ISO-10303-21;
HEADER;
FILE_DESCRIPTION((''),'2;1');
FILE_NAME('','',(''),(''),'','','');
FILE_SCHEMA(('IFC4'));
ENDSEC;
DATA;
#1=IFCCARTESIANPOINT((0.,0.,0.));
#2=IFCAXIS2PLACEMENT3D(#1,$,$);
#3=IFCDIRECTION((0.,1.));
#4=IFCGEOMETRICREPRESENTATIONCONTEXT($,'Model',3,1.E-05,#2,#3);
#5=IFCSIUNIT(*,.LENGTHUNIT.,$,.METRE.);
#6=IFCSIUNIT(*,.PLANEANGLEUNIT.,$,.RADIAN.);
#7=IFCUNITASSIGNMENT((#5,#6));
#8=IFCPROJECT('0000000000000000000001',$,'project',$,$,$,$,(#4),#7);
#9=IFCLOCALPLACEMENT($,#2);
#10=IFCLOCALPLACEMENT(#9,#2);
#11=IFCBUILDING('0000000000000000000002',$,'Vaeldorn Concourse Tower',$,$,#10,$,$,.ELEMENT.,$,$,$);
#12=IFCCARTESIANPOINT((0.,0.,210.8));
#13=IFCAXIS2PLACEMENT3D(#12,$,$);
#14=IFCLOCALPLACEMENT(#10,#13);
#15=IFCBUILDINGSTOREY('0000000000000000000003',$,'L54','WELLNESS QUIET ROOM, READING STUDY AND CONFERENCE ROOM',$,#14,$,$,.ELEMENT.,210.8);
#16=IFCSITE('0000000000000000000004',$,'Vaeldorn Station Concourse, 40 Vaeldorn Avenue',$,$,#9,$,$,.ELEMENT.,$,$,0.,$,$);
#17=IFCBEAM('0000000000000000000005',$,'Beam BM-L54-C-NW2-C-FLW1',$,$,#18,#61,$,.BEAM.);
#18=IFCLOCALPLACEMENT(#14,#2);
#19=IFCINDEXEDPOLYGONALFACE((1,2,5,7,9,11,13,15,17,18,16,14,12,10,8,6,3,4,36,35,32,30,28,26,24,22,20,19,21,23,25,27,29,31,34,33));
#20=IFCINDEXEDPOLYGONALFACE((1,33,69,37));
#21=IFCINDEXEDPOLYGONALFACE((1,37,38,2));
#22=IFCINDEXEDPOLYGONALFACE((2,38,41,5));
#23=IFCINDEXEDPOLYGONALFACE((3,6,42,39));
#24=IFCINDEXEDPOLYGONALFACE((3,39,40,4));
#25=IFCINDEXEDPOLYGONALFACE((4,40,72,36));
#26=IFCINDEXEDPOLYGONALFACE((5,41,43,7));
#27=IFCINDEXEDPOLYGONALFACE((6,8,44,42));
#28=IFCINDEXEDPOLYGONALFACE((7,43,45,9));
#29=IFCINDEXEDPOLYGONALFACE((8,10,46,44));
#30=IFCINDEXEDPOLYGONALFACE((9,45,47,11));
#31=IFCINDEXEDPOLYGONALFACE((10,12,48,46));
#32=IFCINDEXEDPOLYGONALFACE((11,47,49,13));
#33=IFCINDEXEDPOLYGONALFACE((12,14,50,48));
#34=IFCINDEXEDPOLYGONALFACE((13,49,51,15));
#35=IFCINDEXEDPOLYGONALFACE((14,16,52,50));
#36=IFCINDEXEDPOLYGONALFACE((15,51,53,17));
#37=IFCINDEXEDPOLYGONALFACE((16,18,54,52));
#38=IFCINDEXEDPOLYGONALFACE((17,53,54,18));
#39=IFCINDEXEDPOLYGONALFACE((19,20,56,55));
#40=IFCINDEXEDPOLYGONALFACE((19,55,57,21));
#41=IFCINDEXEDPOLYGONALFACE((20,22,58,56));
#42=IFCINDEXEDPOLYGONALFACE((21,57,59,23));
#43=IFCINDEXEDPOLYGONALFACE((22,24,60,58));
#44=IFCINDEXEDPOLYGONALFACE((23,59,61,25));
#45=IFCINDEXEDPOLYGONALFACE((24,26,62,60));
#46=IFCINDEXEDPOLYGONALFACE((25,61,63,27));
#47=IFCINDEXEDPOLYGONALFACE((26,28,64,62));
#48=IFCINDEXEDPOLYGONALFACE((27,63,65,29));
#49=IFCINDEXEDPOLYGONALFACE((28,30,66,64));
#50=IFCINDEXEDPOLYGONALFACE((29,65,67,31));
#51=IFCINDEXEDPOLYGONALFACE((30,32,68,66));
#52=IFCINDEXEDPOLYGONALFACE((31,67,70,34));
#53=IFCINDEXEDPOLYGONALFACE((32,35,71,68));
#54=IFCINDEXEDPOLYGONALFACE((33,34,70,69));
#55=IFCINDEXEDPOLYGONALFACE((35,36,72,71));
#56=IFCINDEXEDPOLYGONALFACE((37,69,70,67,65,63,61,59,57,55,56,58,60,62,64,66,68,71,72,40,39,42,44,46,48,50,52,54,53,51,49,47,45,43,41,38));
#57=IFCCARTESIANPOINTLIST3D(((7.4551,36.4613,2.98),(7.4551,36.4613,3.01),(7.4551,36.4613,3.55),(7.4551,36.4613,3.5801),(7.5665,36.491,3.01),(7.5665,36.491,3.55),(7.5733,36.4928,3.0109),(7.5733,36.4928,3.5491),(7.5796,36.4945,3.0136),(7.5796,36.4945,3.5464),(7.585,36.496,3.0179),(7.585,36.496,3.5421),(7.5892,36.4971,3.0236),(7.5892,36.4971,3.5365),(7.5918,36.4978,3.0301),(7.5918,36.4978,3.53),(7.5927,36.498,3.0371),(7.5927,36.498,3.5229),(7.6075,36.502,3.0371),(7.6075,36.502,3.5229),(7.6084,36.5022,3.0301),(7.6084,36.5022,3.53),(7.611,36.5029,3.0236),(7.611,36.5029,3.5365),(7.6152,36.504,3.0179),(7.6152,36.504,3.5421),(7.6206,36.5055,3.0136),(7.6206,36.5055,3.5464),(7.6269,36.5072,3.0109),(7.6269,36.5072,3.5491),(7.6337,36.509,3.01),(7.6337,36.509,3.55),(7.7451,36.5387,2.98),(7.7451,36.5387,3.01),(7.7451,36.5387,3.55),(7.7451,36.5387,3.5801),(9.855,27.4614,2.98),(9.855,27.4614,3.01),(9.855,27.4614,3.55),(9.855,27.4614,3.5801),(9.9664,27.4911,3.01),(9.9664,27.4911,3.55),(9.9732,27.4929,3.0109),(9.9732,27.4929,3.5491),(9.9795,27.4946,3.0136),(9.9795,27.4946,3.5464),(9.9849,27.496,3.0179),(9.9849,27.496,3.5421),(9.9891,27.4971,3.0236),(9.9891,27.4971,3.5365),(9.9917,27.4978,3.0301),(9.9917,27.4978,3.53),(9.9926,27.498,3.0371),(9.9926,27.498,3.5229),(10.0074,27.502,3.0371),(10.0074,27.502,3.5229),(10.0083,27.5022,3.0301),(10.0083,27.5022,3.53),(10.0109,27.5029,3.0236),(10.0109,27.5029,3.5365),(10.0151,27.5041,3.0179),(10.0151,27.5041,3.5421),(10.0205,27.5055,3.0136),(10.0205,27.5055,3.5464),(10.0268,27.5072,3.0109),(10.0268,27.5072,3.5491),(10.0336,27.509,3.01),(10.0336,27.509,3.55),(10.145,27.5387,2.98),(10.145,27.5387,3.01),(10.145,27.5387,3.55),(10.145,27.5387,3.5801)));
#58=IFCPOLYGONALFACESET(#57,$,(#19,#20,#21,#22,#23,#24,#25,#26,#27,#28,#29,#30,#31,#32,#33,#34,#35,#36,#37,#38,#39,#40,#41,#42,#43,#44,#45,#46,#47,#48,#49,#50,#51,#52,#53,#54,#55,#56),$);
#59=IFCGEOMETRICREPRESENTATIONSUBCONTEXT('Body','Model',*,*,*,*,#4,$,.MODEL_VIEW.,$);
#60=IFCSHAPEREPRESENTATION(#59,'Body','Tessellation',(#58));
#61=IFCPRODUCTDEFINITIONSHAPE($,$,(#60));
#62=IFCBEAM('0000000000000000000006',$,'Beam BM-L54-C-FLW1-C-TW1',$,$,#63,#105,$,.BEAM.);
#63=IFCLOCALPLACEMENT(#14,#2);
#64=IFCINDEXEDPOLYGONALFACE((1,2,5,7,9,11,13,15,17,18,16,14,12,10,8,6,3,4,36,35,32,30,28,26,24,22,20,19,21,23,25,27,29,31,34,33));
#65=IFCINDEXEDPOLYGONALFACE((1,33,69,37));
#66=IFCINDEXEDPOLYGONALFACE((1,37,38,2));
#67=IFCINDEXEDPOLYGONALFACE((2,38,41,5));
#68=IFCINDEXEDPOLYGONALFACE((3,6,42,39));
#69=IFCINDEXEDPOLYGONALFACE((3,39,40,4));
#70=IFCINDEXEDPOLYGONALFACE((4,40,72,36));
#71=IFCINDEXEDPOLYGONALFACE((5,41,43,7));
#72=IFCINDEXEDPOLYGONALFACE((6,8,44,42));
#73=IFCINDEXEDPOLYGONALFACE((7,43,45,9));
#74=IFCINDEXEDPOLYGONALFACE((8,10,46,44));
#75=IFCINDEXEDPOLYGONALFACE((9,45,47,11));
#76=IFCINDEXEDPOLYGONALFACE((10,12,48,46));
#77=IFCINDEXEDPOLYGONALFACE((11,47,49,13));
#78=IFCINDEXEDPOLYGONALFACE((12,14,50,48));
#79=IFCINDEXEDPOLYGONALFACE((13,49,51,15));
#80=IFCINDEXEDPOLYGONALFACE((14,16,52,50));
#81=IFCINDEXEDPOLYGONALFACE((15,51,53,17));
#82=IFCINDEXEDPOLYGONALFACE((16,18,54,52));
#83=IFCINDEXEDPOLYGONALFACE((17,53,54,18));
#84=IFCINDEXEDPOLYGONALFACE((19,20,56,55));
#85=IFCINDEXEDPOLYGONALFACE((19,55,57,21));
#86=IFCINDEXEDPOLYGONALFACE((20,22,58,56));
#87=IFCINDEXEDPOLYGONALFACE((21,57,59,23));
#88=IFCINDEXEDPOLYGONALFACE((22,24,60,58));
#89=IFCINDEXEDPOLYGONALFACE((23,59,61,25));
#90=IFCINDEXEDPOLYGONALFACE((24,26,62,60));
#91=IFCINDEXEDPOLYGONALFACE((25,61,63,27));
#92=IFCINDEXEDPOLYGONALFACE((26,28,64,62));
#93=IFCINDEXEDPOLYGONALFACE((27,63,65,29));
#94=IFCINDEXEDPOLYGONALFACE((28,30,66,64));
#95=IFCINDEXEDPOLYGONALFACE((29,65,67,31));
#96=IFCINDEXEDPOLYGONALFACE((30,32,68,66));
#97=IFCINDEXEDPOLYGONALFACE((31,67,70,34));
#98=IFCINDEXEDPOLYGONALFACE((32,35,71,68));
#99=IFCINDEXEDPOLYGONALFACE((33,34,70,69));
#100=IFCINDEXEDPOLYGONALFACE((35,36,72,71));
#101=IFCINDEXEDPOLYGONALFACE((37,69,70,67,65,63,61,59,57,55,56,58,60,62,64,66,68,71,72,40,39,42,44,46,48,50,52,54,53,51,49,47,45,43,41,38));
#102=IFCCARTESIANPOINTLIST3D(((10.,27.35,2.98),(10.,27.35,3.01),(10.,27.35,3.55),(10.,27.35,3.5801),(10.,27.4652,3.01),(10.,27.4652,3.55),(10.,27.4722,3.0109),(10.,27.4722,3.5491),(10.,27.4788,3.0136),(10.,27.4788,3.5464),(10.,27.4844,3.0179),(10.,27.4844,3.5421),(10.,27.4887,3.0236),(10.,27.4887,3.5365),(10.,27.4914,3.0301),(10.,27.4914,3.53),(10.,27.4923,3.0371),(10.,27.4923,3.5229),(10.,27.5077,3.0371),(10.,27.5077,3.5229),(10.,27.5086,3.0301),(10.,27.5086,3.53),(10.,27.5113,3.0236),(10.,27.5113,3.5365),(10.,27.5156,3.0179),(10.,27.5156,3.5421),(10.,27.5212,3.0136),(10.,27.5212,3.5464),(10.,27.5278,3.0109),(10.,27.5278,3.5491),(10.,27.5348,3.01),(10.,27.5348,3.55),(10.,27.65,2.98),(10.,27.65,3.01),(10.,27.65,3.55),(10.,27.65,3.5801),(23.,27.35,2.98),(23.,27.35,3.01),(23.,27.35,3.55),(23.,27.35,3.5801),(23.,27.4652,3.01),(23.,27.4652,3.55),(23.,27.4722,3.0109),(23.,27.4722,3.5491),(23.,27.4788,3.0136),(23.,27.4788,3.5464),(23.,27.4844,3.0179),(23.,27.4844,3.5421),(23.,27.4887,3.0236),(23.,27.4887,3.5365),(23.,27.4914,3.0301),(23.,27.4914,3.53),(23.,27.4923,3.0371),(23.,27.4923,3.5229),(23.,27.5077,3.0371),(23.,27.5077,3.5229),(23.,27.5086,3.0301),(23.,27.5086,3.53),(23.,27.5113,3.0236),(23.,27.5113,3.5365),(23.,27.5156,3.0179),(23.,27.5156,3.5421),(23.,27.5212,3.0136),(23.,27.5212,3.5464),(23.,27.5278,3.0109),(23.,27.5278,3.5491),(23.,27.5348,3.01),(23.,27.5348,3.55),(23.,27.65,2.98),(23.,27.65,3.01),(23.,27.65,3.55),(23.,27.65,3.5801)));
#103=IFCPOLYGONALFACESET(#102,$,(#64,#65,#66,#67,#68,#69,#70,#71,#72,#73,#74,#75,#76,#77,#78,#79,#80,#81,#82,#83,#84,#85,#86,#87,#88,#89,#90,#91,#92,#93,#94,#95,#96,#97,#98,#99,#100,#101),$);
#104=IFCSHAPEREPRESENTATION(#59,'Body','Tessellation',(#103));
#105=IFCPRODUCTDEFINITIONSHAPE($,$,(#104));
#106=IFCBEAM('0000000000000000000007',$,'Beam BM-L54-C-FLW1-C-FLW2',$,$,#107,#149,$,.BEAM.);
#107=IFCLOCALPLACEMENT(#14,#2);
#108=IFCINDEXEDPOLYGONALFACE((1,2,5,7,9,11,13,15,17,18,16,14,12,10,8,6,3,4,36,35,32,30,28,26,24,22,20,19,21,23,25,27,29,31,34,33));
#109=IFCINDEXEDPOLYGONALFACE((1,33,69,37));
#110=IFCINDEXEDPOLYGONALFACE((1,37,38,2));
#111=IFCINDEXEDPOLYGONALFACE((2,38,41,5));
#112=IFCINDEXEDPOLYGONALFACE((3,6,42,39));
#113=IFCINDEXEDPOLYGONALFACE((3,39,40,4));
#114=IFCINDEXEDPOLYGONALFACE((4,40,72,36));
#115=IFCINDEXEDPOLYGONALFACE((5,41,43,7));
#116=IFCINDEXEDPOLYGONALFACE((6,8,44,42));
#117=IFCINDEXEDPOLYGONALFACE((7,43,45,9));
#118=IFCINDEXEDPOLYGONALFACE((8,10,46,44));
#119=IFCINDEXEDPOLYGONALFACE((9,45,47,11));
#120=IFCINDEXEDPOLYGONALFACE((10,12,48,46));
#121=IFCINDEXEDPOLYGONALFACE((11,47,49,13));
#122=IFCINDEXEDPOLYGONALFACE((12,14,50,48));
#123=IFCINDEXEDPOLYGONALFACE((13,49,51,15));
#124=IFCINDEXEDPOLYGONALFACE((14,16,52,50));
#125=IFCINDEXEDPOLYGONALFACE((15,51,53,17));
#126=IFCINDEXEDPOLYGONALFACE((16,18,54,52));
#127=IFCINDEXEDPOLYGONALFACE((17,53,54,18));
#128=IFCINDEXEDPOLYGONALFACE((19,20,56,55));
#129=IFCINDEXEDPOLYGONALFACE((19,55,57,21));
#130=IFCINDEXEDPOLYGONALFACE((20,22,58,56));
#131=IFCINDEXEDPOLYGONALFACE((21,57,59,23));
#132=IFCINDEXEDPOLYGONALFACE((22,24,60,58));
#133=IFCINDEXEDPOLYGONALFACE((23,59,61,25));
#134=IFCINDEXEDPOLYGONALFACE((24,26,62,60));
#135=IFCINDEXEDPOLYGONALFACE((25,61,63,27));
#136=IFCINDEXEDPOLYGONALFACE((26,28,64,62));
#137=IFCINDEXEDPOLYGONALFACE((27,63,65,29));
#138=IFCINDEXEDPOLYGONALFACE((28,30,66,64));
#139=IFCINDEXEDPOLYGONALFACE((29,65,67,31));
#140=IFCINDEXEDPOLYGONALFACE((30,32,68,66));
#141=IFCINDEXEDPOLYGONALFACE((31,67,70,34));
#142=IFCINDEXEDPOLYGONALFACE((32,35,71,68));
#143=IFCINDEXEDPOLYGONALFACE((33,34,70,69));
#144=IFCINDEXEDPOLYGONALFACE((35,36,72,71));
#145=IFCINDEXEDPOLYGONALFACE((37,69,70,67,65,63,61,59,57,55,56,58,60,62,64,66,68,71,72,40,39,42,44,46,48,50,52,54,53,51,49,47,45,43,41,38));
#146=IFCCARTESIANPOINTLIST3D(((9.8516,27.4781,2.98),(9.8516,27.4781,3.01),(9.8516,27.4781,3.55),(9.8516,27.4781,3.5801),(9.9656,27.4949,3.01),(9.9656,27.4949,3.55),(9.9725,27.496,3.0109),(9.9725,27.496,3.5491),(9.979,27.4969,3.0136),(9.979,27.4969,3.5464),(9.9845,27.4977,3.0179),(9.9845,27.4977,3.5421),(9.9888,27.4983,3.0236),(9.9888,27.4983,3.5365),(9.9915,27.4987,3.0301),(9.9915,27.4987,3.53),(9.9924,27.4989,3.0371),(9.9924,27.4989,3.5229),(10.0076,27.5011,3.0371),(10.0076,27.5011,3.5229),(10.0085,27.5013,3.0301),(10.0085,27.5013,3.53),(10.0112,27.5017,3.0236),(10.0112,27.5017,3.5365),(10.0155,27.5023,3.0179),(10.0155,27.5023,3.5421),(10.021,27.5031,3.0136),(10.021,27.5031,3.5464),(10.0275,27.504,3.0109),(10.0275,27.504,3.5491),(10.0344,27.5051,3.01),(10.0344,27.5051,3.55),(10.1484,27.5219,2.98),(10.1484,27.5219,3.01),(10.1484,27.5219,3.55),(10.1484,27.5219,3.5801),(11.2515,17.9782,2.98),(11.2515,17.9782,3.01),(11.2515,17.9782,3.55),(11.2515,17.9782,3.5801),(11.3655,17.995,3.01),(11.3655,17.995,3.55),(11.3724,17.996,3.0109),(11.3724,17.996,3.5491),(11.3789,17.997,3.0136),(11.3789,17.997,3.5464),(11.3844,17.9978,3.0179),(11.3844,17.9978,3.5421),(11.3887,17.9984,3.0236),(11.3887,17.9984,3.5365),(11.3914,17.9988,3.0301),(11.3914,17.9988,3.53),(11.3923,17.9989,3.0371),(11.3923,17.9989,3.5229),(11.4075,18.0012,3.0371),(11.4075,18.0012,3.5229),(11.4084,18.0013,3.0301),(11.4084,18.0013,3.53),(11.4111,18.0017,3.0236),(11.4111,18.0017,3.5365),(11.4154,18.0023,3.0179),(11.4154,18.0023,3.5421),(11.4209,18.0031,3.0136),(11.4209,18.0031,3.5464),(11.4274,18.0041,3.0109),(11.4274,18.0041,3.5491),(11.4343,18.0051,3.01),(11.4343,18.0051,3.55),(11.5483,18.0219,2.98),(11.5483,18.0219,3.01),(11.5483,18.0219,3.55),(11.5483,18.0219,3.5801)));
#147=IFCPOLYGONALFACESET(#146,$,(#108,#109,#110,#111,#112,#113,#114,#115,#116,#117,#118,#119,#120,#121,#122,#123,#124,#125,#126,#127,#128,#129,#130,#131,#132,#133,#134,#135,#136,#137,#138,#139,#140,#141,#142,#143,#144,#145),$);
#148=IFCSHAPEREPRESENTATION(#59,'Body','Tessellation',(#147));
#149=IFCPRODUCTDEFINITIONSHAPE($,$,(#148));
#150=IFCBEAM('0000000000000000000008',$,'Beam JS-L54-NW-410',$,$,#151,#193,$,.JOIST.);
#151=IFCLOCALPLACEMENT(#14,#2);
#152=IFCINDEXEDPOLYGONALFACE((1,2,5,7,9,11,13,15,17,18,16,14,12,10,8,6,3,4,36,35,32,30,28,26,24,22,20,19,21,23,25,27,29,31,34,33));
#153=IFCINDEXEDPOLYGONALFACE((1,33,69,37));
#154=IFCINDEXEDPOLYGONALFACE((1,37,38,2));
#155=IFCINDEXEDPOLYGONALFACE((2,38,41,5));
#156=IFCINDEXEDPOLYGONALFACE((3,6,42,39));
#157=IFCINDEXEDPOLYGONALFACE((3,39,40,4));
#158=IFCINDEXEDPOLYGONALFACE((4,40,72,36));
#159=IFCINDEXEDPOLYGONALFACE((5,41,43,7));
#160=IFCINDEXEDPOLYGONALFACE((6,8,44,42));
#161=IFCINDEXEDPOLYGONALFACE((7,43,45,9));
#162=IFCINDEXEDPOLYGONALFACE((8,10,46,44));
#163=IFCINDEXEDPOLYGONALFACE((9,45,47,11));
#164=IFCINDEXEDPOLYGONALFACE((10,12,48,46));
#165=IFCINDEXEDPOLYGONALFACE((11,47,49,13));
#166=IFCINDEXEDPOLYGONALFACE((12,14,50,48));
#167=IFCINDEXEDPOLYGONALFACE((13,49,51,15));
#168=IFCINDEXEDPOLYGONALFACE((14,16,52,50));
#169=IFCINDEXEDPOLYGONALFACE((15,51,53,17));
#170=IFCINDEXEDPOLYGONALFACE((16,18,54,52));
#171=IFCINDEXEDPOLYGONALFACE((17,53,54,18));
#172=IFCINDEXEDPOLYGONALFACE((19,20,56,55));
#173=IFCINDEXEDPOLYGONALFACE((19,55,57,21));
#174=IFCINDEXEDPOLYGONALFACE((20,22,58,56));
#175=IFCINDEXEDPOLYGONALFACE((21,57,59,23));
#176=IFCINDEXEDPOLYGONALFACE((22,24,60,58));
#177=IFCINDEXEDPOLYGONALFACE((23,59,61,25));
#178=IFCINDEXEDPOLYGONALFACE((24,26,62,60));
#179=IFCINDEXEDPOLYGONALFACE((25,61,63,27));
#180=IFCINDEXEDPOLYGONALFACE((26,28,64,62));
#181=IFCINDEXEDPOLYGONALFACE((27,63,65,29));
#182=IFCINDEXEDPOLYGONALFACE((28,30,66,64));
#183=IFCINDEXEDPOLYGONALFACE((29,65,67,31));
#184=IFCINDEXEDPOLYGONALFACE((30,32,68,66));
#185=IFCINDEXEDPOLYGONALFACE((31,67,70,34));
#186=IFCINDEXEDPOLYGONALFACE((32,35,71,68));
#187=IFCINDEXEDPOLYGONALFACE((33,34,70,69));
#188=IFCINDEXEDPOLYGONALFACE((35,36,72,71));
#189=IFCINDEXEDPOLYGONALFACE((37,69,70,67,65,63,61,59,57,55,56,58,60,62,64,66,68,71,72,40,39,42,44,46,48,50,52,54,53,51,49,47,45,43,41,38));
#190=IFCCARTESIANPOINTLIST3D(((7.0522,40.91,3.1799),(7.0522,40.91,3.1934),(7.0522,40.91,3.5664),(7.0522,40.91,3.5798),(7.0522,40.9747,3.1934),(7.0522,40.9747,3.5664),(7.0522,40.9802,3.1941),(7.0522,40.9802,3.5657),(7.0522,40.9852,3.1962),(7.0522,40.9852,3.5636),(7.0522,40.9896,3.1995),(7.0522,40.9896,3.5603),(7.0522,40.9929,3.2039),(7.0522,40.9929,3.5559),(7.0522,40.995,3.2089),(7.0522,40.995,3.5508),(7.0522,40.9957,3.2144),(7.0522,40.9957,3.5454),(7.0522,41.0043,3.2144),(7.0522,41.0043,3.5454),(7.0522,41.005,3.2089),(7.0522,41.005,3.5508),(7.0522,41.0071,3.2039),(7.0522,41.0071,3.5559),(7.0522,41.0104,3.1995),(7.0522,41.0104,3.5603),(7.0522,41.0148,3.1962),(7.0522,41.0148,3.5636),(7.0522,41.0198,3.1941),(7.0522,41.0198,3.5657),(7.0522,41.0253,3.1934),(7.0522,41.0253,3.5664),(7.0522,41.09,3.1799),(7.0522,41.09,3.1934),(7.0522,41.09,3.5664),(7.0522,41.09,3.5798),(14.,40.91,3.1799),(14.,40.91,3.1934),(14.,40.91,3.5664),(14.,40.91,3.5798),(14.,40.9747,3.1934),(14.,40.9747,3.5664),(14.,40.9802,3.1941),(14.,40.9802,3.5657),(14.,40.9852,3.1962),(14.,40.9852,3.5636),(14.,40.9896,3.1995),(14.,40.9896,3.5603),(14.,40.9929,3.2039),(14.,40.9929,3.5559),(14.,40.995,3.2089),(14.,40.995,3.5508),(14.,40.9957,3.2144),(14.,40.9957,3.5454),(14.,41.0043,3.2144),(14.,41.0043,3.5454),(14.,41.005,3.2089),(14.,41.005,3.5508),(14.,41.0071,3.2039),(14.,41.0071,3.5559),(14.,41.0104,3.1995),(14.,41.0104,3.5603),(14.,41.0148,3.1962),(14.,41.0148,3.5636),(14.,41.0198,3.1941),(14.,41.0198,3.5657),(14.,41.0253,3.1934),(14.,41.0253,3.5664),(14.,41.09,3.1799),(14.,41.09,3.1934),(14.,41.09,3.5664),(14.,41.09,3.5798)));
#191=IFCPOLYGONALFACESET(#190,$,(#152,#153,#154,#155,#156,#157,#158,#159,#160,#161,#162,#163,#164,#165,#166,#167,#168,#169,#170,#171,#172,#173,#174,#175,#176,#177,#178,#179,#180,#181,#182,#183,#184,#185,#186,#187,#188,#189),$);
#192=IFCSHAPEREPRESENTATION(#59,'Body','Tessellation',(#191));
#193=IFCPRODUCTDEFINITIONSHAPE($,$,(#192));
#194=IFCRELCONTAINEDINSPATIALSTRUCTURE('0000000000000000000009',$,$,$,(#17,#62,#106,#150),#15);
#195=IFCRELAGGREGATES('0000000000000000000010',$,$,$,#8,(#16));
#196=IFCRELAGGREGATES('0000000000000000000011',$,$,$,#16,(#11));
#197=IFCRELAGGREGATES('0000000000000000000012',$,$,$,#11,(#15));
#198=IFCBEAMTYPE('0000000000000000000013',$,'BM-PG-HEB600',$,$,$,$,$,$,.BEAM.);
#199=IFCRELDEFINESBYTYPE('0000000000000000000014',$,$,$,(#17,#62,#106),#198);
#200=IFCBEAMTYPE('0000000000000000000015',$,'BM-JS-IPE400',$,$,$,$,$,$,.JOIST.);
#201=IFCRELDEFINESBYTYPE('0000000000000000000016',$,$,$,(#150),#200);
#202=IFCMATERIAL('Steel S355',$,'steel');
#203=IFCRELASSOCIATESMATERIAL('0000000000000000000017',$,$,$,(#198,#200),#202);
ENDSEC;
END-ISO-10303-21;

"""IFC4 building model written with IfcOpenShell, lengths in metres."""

from ifc_helpers import new_model, si_unit, direction, frame, origin, origin_2d, place, context, subcontext, project, spatial, i_section, extrude, source, transform, mapped, material, material_profile, profile_set, type_object, element, save


model = new_model("IFC4")

# Units and contexts
model_context = context("Model", 3, precision=1e-05, world=origin(), true_north=direction((0.0, 1.0)))
body_context = subcontext(model_context, "Body", "Model", "MODEL_VIEW")
ifc_project = project(units=[si_unit("LENGTHUNIT", "METRE"), si_unit("PLANEANGLEUNIT", "RADIAN")], contexts=[model_context])

# Site, building, storey
site_placement = place(None, origin())
site = spatial("IfcSite", under=ifc_project, at=site_placement, Name="Vaeldorn Station Concourse, 40 Vaeldorn Avenue", CompositionType="ELEMENT", RefElevation=0.0)
building_placement = place(site_placement, origin())
building = spatial("IfcBuilding", under=site, at=building_placement, Name="Vaeldorn Concourse Tower", CompositionType="ELEMENT")
storey_placement = place(building_placement, frame((0.0, 0.0, 210.8)))
storey = spatial("IfcBuildingStorey", under=building, at=storey_placement, Name="L54", Description="WELLNESS QUIET ROOM, READING STUDY AND CONFERENCE ROOM", CompositionType="ELEMENT", Elevation=210.8)

# Beams
ifc_material_1 = material(Name="Steel S355", Category="steel")
ifc_material_profile_1 = material_profile(ifc_material_1, i_section(OverallWidth=0.3, OverallDepth=0.6001, WebThickness=0.0154, FlangeThickness=0.03, FilletRadius=0.0271, at=origin_2d()), Name="HEB 600")
ifc_profile_set_1 = profile_set([ifc_material_profile_1], Name="Steel S355")
beam_type_1 = type_object("IfcBeamType", Name="BM-PG-HEB600", PredefinedType="BEAM", material=ifc_profile_set_1)
shared_shape_1 = source(origin(), body_context, "Body", "SweptSolid", [
    extrude(i_section(OverallWidth=0.3, OverallDepth=0.6001, WebThickness=0.0154, FlangeThickness=0.03, FilletRadius=0.0271, at=origin_2d()), origin(), (0.0, 0.0, 1.0), 9.3145),
])
beam_1_placement = place(storey_placement, frame((7.6001, 36.5, 3.28), z_axis=(0.257653, -0.966238, 0.0), x_axis=(0.966238, 0.257653, 0.0)))
element("IfcBeam", 1, at=beam_1_placement, inside=storey, type_object=beam_type_1, Name="Beam BM-L54-C-NW2-C-FLW1", PredefinedType="BEAM", context=body_context, shape_type="MappedRepresentation", body=[
    mapped(shared_shape_1, transform((0.0, 0.0, 0.0), scale=1.0)),
])
shared_shape_2 = source(origin(), body_context, "Body", "SweptSolid", [
    extrude(i_section(OverallWidth=0.3, OverallDepth=0.6001, WebThickness=0.0154, FlangeThickness=0.03, FilletRadius=0.0271, at=origin_2d()), origin(), (0.0, 0.0, 1.0), 13.0),
])
beam_2_placement = place(storey_placement, frame((10.0, 27.5, 3.28), z_axis=(1.0, 0.0, 0.0), x_axis=(0.0, 1.0, 0.0)))
element("IfcBeam", 2, at=beam_2_placement, inside=storey, type_object=beam_type_1, Name="Beam BM-L54-C-FLW1-C-TW1", PredefinedType="BEAM", context=body_context, shape_type="MappedRepresentation", body=[
    mapped(shared_shape_2, transform((0.0, 0.0, 0.0), scale=1.0)),
])
shared_shape_3 = source(origin(), body_context, "Body", "SweptSolid", [
    extrude(i_section(OverallWidth=0.3, OverallDepth=0.6001, WebThickness=0.0154, FlangeThickness=0.03, FilletRadius=0.0271, at=origin_2d()), origin(), (0.0, 0.0, 1.0), 9.6025),
])
beam_3_placement = place(storey_placement, frame((10.0, 27.5, 3.28), z_axis=(0.145784, -0.989316, 0.0), x_axis=(0.989316, 0.145784, 0.0)))
element("IfcBeam", 3, at=beam_3_placement, inside=storey, type_object=beam_type_1, Name="Beam BM-L54-C-FLW1-C-FLW2", PredefinedType="BEAM", context=body_context, shape_type="MappedRepresentation", body=[
    mapped(shared_shape_3, transform((0.0, 0.0, 0.0), scale=1.0)),
])
ifc_material_profile_2 = material_profile(ifc_material_1, i_section(OverallWidth=0.1799, OverallDepth=0.3999, WebThickness=0.0085, FlangeThickness=0.0134, FilletRadius=0.021, at=origin_2d()), Name="IPE 400")
ifc_profile_set_2 = profile_set([ifc_material_profile_2], Name="Steel S355")
beam_type_2 = type_object("IfcBeamType", Name="BM-JS-IPE400", PredefinedType="JOIST", material=ifc_profile_set_2)
shared_shape_4 = source(origin(), body_context, "Body", "SweptSolid", [
    extrude(i_section(OverallWidth=0.1799, OverallDepth=0.3999, WebThickness=0.0085, FlangeThickness=0.0134, FilletRadius=0.021, at=origin_2d()), origin(), (0.0, 0.0, 1.0), 6.9478),
])
beam_4_placement = place(storey_placement, frame((7.0522, 41.0, 3.3799), z_axis=(1.0, 0.0, 0.0), x_axis=(0.0, 1.0, 0.0)))
element("IfcBeam", 4, at=beam_4_placement, inside=storey, type_object=beam_type_2, Name="Beam JS-L54-NW-410", PredefinedType="JOIST", context=body_context, shape_type="MappedRepresentation", body=[
    mapped(shared_shape_4, transform((0.0, 0.0, 0.0), scale=1.0)),
])

save(model, "model.ifc")
